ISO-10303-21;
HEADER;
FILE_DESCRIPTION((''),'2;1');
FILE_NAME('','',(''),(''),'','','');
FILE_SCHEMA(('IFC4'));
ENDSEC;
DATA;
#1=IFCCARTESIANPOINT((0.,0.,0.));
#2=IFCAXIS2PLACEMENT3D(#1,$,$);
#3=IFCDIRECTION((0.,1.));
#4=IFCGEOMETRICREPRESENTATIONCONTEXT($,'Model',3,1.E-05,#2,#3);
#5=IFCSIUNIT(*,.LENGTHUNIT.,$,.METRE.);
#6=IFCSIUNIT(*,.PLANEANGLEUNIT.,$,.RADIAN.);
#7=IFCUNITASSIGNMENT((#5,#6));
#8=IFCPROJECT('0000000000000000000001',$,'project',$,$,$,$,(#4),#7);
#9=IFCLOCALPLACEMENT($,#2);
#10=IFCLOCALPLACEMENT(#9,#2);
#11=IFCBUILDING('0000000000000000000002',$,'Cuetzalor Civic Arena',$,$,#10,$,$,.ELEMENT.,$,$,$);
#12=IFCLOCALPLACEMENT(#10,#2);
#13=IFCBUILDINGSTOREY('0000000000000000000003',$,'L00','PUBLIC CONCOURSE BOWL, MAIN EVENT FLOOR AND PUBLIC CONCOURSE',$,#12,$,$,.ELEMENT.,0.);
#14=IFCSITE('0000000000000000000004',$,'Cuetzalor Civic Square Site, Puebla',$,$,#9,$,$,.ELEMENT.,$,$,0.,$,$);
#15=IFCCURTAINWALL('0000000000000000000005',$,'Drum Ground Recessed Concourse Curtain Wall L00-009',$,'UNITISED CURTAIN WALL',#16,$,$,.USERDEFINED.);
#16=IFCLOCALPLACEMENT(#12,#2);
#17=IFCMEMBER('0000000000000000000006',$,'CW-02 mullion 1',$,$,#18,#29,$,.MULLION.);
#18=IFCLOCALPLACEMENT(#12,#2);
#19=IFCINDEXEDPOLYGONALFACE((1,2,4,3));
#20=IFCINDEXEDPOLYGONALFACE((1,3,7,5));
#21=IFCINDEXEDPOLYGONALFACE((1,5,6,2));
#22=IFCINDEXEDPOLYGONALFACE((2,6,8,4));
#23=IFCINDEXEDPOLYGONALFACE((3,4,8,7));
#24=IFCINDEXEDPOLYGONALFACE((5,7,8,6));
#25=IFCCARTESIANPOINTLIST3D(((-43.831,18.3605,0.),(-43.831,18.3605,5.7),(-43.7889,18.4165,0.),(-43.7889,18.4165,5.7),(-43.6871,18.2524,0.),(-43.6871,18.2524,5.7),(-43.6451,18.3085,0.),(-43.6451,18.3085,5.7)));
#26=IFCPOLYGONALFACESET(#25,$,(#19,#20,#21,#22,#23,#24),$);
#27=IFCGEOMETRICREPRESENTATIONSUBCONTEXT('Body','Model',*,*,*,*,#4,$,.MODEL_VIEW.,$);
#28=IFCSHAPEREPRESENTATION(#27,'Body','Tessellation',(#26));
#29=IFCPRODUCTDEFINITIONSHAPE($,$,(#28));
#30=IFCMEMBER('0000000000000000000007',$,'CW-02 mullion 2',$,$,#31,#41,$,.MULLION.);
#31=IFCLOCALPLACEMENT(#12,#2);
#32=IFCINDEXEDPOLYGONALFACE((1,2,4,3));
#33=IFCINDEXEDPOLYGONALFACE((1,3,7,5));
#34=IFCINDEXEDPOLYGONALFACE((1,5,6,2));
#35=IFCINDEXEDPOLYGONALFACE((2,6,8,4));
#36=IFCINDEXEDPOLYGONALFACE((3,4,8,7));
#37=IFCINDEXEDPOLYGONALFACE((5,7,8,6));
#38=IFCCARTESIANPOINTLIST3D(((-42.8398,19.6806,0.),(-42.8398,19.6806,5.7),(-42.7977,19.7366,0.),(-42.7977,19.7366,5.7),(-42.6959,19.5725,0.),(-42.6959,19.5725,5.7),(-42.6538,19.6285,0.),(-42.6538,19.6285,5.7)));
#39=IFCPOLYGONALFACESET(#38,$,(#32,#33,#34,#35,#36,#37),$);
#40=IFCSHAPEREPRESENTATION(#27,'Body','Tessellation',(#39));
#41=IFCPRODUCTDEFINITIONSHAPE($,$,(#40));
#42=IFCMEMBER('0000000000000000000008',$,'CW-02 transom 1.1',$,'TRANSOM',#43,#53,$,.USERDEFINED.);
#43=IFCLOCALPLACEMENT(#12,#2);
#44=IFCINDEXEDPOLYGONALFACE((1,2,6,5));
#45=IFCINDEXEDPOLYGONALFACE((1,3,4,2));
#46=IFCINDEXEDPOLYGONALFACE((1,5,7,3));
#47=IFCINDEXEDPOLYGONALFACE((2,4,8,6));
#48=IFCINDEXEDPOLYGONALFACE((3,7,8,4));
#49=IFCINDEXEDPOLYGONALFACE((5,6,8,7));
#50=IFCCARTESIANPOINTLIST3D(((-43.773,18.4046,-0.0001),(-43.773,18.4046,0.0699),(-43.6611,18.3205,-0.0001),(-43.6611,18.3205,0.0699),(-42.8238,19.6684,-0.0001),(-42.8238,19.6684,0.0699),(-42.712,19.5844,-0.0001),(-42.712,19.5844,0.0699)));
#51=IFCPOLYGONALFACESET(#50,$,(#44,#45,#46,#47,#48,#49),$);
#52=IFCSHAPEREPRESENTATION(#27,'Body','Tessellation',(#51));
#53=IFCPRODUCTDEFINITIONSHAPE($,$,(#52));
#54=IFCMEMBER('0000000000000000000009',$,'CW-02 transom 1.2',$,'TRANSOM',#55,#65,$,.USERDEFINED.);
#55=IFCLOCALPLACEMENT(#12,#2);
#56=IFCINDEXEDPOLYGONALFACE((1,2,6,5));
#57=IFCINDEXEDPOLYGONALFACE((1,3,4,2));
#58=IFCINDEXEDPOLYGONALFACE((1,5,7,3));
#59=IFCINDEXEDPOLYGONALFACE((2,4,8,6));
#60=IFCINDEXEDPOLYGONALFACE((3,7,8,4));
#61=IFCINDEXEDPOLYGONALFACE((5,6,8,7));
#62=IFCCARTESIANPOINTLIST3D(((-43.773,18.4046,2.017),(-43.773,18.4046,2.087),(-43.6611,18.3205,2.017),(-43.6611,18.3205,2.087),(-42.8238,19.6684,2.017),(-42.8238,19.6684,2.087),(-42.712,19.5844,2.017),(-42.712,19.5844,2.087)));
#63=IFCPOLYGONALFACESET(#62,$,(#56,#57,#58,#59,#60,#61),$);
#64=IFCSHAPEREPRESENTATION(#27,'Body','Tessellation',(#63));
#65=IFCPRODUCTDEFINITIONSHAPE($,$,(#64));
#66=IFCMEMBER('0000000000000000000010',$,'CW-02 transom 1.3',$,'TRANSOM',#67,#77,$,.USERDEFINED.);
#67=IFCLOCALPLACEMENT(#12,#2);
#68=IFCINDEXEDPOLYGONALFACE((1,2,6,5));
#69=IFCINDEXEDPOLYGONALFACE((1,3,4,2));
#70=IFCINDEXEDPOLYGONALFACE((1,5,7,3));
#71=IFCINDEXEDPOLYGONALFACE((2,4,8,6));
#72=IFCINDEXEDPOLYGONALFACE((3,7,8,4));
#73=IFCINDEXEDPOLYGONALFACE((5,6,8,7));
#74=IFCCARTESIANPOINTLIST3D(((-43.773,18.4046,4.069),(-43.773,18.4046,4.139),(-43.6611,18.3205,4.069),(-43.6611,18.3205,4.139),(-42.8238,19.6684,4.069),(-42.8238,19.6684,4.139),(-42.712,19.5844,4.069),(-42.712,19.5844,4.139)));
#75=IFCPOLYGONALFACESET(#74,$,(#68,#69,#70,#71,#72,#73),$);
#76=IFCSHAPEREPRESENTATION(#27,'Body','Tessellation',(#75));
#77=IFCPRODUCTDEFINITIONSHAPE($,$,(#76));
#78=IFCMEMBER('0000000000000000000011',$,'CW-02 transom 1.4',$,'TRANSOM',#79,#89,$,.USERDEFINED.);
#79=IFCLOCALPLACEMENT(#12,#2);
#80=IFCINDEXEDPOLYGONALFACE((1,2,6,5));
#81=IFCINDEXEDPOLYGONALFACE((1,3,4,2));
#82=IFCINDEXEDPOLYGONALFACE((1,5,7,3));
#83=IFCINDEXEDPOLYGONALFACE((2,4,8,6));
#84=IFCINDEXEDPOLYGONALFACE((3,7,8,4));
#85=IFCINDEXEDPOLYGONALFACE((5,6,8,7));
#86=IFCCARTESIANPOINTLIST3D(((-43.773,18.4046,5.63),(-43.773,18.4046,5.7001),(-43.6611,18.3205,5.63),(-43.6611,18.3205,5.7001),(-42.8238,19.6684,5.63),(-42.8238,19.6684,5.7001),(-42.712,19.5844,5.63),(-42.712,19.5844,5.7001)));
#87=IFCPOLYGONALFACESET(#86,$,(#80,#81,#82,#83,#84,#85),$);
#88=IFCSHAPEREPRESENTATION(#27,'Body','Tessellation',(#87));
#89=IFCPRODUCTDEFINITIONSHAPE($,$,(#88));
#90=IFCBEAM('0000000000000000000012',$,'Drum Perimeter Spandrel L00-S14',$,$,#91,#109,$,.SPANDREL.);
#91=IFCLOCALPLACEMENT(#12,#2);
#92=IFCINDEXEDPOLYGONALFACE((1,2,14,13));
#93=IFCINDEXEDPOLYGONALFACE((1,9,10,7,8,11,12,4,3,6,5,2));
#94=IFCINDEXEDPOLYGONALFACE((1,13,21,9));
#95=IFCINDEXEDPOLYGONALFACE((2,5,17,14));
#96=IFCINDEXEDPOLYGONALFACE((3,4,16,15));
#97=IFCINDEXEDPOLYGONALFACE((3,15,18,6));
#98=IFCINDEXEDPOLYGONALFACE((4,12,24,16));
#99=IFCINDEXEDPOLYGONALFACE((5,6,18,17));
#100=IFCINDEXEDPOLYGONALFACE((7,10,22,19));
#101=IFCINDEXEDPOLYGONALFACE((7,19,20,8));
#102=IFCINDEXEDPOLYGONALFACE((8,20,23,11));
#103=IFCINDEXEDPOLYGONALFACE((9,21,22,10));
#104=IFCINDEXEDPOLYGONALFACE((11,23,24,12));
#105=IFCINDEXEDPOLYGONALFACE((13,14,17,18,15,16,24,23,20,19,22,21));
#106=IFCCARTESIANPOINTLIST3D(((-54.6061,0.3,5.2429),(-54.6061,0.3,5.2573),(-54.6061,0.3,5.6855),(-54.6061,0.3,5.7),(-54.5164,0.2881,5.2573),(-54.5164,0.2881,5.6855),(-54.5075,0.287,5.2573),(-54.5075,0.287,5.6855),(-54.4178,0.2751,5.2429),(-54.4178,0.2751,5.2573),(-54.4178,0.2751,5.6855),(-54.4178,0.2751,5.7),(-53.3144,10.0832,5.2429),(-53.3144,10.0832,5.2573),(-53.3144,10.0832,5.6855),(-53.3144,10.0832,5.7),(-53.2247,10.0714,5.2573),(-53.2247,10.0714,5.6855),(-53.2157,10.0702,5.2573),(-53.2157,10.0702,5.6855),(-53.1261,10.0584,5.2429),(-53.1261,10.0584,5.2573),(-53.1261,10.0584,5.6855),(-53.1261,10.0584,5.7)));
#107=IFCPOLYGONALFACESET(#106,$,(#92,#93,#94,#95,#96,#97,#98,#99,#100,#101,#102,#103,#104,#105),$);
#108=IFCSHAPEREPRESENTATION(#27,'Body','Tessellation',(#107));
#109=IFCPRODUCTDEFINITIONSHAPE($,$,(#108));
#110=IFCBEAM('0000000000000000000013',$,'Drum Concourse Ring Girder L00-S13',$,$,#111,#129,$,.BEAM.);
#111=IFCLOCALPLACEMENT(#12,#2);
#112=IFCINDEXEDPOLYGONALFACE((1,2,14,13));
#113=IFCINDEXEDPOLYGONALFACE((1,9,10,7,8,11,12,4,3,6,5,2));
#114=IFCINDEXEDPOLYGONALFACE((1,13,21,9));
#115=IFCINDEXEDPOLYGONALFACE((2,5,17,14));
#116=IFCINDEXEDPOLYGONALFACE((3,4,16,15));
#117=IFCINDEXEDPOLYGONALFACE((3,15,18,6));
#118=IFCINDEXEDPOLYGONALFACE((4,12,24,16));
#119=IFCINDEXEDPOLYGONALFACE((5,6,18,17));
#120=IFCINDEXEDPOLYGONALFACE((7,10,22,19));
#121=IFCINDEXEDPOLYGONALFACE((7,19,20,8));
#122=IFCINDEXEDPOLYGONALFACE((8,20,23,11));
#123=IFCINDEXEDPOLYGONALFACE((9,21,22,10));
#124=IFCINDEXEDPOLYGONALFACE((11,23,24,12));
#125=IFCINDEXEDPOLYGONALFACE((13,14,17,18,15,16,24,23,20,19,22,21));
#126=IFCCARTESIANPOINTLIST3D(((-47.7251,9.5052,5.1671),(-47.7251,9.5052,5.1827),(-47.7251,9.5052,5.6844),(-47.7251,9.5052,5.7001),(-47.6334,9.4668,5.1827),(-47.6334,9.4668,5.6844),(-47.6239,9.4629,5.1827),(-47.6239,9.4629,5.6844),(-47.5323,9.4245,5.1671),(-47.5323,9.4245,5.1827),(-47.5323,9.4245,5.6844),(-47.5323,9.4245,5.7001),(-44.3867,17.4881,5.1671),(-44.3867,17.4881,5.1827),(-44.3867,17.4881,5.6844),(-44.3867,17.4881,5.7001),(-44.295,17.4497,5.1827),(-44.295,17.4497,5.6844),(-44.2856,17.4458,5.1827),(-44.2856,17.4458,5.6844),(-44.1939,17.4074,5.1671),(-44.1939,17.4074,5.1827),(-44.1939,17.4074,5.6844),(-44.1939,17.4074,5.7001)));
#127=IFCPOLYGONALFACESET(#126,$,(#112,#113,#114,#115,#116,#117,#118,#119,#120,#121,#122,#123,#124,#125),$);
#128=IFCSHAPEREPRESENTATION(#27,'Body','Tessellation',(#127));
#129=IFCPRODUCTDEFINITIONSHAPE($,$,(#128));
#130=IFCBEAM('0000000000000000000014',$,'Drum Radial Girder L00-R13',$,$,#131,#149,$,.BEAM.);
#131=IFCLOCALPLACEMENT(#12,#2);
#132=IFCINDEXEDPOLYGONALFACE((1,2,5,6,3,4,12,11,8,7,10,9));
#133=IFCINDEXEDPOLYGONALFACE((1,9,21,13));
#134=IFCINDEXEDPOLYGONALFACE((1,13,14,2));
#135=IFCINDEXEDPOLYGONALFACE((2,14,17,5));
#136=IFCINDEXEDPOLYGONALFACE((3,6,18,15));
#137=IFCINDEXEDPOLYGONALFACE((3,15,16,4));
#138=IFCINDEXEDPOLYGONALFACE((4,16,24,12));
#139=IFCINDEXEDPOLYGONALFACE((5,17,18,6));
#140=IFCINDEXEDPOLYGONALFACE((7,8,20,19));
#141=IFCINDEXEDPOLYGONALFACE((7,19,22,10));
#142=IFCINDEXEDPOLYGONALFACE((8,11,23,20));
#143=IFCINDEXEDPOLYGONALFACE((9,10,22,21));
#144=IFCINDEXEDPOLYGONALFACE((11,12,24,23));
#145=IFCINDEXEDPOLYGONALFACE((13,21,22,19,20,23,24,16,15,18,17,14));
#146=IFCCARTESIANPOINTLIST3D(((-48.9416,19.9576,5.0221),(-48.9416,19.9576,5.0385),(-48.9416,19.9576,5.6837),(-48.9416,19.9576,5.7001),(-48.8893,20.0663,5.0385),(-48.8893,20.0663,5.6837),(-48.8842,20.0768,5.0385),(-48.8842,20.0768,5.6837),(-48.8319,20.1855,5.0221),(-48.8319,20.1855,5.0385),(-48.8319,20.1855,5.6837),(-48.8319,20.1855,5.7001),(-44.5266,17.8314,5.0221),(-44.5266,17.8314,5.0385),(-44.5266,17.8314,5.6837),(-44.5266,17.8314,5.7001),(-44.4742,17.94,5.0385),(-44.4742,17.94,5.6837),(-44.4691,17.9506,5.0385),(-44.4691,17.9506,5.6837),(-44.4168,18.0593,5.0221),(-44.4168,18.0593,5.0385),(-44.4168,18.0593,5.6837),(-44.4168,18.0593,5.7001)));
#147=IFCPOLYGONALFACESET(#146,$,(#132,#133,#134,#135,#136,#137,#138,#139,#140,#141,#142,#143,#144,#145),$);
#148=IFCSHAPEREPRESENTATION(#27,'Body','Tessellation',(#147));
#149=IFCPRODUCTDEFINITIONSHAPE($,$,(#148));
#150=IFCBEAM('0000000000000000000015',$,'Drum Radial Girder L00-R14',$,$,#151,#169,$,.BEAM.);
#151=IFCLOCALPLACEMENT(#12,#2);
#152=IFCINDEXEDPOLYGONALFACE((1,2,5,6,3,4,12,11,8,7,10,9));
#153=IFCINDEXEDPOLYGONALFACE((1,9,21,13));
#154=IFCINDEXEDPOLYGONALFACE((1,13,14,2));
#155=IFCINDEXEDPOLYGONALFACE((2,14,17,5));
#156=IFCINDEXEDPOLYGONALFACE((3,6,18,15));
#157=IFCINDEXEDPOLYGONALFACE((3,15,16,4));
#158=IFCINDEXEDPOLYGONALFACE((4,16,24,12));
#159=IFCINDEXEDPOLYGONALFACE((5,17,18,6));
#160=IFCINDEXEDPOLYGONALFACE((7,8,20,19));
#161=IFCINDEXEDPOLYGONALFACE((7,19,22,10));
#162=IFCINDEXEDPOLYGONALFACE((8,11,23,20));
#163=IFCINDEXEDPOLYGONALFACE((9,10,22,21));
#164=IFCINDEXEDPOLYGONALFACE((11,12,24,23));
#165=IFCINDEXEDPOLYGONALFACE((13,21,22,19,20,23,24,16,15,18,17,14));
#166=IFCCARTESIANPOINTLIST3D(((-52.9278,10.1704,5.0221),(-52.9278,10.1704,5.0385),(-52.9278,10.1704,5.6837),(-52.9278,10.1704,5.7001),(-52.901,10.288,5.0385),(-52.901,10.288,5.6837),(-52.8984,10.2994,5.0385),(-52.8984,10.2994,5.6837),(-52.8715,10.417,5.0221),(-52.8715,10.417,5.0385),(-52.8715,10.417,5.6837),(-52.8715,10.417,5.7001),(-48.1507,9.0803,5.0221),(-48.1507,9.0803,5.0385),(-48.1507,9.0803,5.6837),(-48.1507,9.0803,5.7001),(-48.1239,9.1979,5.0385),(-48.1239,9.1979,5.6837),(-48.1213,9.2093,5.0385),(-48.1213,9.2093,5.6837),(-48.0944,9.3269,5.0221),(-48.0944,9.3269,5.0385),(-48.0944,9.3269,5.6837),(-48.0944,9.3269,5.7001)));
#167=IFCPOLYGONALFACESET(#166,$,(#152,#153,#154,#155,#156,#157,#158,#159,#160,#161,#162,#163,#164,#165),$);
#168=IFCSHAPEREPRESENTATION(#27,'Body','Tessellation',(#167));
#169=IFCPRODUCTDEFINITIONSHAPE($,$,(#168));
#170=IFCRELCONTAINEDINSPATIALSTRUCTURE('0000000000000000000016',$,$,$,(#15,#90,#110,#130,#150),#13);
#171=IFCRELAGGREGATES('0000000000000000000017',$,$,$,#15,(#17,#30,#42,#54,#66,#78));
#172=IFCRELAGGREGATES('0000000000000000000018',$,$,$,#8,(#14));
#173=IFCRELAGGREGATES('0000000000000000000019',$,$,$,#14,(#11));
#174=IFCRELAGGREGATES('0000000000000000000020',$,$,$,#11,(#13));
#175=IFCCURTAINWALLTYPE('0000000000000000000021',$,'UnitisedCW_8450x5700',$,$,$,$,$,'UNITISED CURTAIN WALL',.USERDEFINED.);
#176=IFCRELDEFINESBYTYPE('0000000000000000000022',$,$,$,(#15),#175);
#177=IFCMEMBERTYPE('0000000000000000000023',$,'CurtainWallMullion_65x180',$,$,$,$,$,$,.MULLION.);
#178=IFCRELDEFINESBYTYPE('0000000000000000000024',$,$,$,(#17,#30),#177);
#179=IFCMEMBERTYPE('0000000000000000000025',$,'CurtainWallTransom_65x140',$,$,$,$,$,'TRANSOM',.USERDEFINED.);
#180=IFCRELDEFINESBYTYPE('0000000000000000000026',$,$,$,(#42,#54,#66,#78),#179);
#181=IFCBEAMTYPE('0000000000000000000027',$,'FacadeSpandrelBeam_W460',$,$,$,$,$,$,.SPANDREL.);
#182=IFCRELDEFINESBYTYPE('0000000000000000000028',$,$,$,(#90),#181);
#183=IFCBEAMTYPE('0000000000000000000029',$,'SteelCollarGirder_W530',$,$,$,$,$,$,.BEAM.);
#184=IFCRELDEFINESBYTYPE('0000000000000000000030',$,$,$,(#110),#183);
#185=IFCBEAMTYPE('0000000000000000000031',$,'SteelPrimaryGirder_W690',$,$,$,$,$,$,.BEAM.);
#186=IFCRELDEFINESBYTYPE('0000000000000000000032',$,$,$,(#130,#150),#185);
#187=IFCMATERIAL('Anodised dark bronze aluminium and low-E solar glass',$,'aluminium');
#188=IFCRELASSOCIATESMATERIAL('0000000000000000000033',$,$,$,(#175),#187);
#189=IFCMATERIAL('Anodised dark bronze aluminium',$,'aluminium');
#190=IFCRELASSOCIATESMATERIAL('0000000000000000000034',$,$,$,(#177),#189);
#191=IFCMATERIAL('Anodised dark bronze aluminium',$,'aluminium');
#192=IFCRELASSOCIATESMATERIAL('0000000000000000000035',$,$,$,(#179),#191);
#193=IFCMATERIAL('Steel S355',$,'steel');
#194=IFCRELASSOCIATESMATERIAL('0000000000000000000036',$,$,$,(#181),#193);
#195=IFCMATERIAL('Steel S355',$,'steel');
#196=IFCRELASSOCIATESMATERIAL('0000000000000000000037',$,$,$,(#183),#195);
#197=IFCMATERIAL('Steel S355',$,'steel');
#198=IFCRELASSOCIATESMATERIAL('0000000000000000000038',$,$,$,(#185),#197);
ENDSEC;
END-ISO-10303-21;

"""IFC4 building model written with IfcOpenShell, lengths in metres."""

from ifc_helpers import new_model, si_unit, direction, frame, origin, origin_2d, place, context, subcontext, project, spatial, rectangle, i_section, extrude, material, material_profile, profile_set, type_object, element, aggregate, save


model = new_model("IFC4")

# Units and contexts
model_context = context("Model", 3, precision=1e-05, world=origin(), true_north=direction((0.0, 1.0)))
body_context = subcontext(model_context, "Body", "Model", "MODEL_VIEW")
ifc_project = project(units=[si_unit("LENGTHUNIT", "METRE"), si_unit("PLANEANGLEUNIT", "RADIAN")], contexts=[model_context])

# Site, building, storey
site_placement = place(None, origin())
site = spatial("IfcSite", under=ifc_project, at=site_placement, Name="Cuetzalor Civic Square Site, Puebla", CompositionType="ELEMENT", RefElevation=0.0)
building_placement = place(site_placement, origin())
building = spatial("IfcBuilding", under=site, at=building_placement, Name="Cuetzalor Civic Arena", CompositionType="ELEMENT")
storey_placement = place(building_placement, origin())
storey = spatial("IfcBuildingStorey", under=building, at=storey_placement, Name="L00", Description="PUBLIC CONCOURSE BOWL, MAIN EVENT FLOOR AND PUBLIC CONCOURSE", CompositionType="ELEMENT", Elevation=0.0)

# Curtain wall, members
ifc_material_1 = material(Name="Anodised dark bronze aluminium and low-E solar glass", Category="aluminium")
curtain_wall_type = type_object("IfcCurtainWallType", Name="UnitisedCW_8450x5700", ElementType="UNITISED CURTAIN WALL", PredefinedType="USERDEFINED", material=ifc_material_1)
curtain_wall_placement = place(storey_placement, origin())
curtain_wall = element("IfcCurtainWall", 1, at=curtain_wall_placement, inside=storey, type_object=curtain_wall_type, Name="Drum Ground Recessed Concourse Curtain Wall L00-009", ObjectType="UNITISED CURTAIN WALL", PredefinedType="USERDEFINED")
ifc_material_2 = material(Name="Anodised dark bronze aluminium", Category="aluminium")
ifc_material_profile_1 = material_profile(ifc_material_2, rectangle(XDim=0.0701, YDim=0.1799, at=origin_2d()), Name="ALU MULLION 70x180")
ifc_profile_set_1 = profile_set([ifc_material_profile_1], Name="Anodised dark bronze aluminium")
member_type_1 = type_object("IfcMemberType", Name="CurtainWallMullion_65x180", PredefinedType="MULLION", material=ifc_profile_set_1)
member_1_placement = place(storey_placement, frame((-43.738, 18.3345, 0.0), z_axis=(0.0, 0.0, 1.0), x_axis=(0.600492, 0.799631, 0.0)))
member_1 = element("IfcMember", 2, at=member_1_placement, type_object=member_type_1, Name="CW-02 mullion 1", PredefinedType="MULLION", context=body_context, shape_type="SweptSolid", body=[
    extrude(rectangle(XDim=0.0701, YDim=0.1799, at=origin_2d()), origin(), (0.0, 0.0, 1.0), 5.7),
])
member_2_placement = place(storey_placement, frame((-42.7468, 19.6545, 0.0), z_axis=(0.0, 0.0, 1.0), x_axis=(0.600492, 0.799631, 0.0)))
member_2 = element("IfcMember", 3, at=member_2_placement, type_object=member_type_1, Name="CW-02 mullion 2", PredefinedType="MULLION", context=body_context, shape_type="SweptSolid", body=[
    extrude(rectangle(XDim=0.0701, YDim=0.1799, at=origin_2d()), origin(), (0.0, 0.0, 1.0), 5.7),
])
ifc_material_3 = material(Name="Anodised dark bronze aluminium", Category="aluminium")
ifc_material_profile_2 = material_profile(ifc_material_3, rectangle(XDim=0.1399, YDim=0.0701, at=origin_2d()), Name="ALU TRANSOM 70x140")
ifc_profile_set_2 = profile_set([ifc_material_profile_2], Name="Anodised dark bronze aluminium")
member_type_2 = type_object("IfcMemberType", Name="CurtainWallTransom_65x140", ElementType="TRANSOM", PredefinedType="USERDEFINED", material=ifc_profile_set_2)
member_3_placement = place(storey_placement, frame((-43.717, 18.3625, 0.0349), z_axis=(0.600519, 0.799611, 0.0), x_axis=(-0.799611, 0.600519, 0.0)))
member_3 = element("IfcMember", 4, at=member_3_placement, type_object=member_type_2, Name="CW-02 transom 1.1", ObjectType="TRANSOM", PredefinedType="USERDEFINED", context=body_context, shape_type="SweptSolid", body=[
    extrude(rectangle(XDim=0.1399, YDim=0.0701, at=origin_2d()), origin(), (0.0, 0.0, 1.0), 1.5806),
])
member_4_placement = place(storey_placement, frame((-43.717, 18.3625, 2.052), z_axis=(0.600519, 0.799611, 0.0), x_axis=(-0.799611, 0.600519, 0.0)))
member_4 = element("IfcMember", 5, at=member_4_placement, type_object=member_type_2, Name="CW-02 transom 1.2", ObjectType="TRANSOM", PredefinedType="USERDEFINED", context=body_context, shape_type="SweptSolid", body=[
    extrude(rectangle(XDim=0.1399, YDim=0.0701, at=origin_2d()), origin(), (0.0, 0.0, 1.0), 1.5806),
])
member_5_placement = place(storey_placement, frame((-43.717, 18.3625, 4.104), z_axis=(0.600519, 0.799611, 0.0), x_axis=(-0.799611, 0.600519, 0.0)))
member_5 = element("IfcMember", 6, at=member_5_placement, type_object=member_type_2, Name="CW-02 transom 1.3", ObjectType="TRANSOM", PredefinedType="USERDEFINED", context=body_context, shape_type="SweptSolid", body=[
    extrude(rectangle(XDim=0.1399, YDim=0.0701, at=origin_2d()), origin(), (0.0, 0.0, 1.0), 1.5806),
])
member_6_placement = place(storey_placement, frame((-43.717, 18.3625, 5.665), z_axis=(0.600519, 0.799611, 0.0), x_axis=(-0.799611, 0.600519, 0.0)))
member_6 = element("IfcMember", 7, at=member_6_placement, type_object=member_type_2, Name="CW-02 transom 1.4", ObjectType="TRANSOM", PredefinedType="USERDEFINED", context=body_context, shape_type="SweptSolid", body=[
    extrude(rectangle(XDim=0.1399, YDim=0.0701, at=origin_2d()), origin(), (0.0, 0.0, 1.0), 1.5806),
])

# Beams
ifc_material_4 = material(Name="Steel S355", Category="steel")
ifc_material_profile_3 = material_profile(ifc_material_4, i_section(OverallWidth=0.1899, OverallDepth=0.457, WebThickness=0.009, FlangeThickness=0.0144, at=origin_2d()), Name="W460x74")
ifc_profile_set_3 = profile_set([ifc_material_profile_3], Name="Steel S355")
beam_type_1 = type_object("IfcBeamType", Name="FacadeSpandrelBeam_W460", PredefinedType="SPANDREL", material=ifc_profile_set_3)
beam_1_placement = place(storey_placement, frame((-53.2202, 10.0708, 5.4714), z_axis=(-0.130901, -0.991395, 0.0), x_axis=(0.991395, -0.130901, 0.0)))
element("IfcBeam", 8, at=beam_1_placement, inside=storey, type_object=beam_type_1, Name="Drum Perimeter Spandrel L00-S14", PredefinedType="SPANDREL", context=body_context, shape_type="SweptSolid", body=[
    extrude(i_section(OverallWidth=0.1899, OverallDepth=0.457, WebThickness=0.009, FlangeThickness=0.0144, at=origin_2d()), origin(), (0.0, 0.0, 1.0), 9.8682),
])
ifc_material_5 = material(Name="Steel S355", Category="steel")
ifc_material_profile_4 = material_profile(ifc_material_5, i_section(OverallWidth=0.209, OverallDepth=0.533, WebThickness=0.0103, FlangeThickness=0.0156, at=origin_2d()), Name="W530x92")
ifc_profile_set_4 = profile_set([ifc_material_profile_4], Name="Steel S355")
beam_type_2 = type_object("IfcBeamType", Name="SteelCollarGirder_W530", PredefinedType="BEAM", material=ifc_profile_set_4)
beam_2_placement = place(storey_placement, frame((-44.2903, 17.4478, 5.4336), z_axis=(-0.385813, -0.922577, 0.0), x_axis=(0.922577, -0.385813, 0.0)))
element("IfcBeam", 9, at=beam_2_placement, inside=storey, type_object=beam_type_2, Name="Drum Concourse Ring Girder L00-S13", PredefinedType="BEAM", context=body_context, shape_type="SweptSolid", body=[
    extrude(i_section(OverallWidth=0.209, OverallDepth=0.533, WebThickness=0.0103, FlangeThickness=0.0156, at=origin_2d()), origin(), (0.0, 0.0, 1.0), 8.6528),
])
ifc_material_6 = material(Name="Steel S355", Category="steel")
ifc_material_profile_5 = material_profile(ifc_material_6, i_section(OverallWidth=0.2529, OverallDepth=0.678, WebThickness=0.0117, FlangeThickness=0.0164, at=origin_2d()), Name="W690x125")
ifc_profile_set_5 = profile_set([ifc_material_profile_5], Name="Steel S355")
beam_type_3 = type_object("IfcBeamType", Name="SteelPrimaryGirder_W690", PredefinedType="BEAM", material=ifc_profile_set_5)
beam_3_placement = place(storey_placement, frame((-44.4717, 17.9453, 5.3611), z_axis=(-0.900965, 0.433892, 0.0), x_axis=(-0.433892, -0.900965, 0.0)))
element("IfcBeam", 10, at=beam_3_placement, inside=storey, type_object=beam_type_3, Name="Drum Radial Girder L00-R13", PredefinedType="BEAM", context=body_context, shape_type="SweptSolid", body=[
    extrude(i_section(OverallWidth=0.2529, OverallDepth=0.678, WebThickness=0.0117, FlangeThickness=0.0164, at=origin_2d()), origin(), (0.0, 0.0, 1.0), 4.9004),
])
beam_4_placement = place(storey_placement, frame((-48.1226, 9.2036, 5.3611), z_axis=(-0.974939, 0.222472, 0.0), x_axis=(-0.222472, -0.974939, 0.0)))
element("IfcBeam", 11, at=beam_4_placement, inside=storey, type_object=beam_type_3, Name="Drum Radial Girder L00-R14", PredefinedType="BEAM", context=body_context, shape_type="SweptSolid", body=[
    extrude(i_section(OverallWidth=0.2529, OverallDepth=0.678, WebThickness=0.0117, FlangeThickness=0.0164, at=origin_2d()), origin(), (0.0, 0.0, 1.0), 4.8999),
])

aggregate(curtain_wall, [member_1, member_2, member_3, member_4, member_5, member_6])

save(model, "model.ifc")
